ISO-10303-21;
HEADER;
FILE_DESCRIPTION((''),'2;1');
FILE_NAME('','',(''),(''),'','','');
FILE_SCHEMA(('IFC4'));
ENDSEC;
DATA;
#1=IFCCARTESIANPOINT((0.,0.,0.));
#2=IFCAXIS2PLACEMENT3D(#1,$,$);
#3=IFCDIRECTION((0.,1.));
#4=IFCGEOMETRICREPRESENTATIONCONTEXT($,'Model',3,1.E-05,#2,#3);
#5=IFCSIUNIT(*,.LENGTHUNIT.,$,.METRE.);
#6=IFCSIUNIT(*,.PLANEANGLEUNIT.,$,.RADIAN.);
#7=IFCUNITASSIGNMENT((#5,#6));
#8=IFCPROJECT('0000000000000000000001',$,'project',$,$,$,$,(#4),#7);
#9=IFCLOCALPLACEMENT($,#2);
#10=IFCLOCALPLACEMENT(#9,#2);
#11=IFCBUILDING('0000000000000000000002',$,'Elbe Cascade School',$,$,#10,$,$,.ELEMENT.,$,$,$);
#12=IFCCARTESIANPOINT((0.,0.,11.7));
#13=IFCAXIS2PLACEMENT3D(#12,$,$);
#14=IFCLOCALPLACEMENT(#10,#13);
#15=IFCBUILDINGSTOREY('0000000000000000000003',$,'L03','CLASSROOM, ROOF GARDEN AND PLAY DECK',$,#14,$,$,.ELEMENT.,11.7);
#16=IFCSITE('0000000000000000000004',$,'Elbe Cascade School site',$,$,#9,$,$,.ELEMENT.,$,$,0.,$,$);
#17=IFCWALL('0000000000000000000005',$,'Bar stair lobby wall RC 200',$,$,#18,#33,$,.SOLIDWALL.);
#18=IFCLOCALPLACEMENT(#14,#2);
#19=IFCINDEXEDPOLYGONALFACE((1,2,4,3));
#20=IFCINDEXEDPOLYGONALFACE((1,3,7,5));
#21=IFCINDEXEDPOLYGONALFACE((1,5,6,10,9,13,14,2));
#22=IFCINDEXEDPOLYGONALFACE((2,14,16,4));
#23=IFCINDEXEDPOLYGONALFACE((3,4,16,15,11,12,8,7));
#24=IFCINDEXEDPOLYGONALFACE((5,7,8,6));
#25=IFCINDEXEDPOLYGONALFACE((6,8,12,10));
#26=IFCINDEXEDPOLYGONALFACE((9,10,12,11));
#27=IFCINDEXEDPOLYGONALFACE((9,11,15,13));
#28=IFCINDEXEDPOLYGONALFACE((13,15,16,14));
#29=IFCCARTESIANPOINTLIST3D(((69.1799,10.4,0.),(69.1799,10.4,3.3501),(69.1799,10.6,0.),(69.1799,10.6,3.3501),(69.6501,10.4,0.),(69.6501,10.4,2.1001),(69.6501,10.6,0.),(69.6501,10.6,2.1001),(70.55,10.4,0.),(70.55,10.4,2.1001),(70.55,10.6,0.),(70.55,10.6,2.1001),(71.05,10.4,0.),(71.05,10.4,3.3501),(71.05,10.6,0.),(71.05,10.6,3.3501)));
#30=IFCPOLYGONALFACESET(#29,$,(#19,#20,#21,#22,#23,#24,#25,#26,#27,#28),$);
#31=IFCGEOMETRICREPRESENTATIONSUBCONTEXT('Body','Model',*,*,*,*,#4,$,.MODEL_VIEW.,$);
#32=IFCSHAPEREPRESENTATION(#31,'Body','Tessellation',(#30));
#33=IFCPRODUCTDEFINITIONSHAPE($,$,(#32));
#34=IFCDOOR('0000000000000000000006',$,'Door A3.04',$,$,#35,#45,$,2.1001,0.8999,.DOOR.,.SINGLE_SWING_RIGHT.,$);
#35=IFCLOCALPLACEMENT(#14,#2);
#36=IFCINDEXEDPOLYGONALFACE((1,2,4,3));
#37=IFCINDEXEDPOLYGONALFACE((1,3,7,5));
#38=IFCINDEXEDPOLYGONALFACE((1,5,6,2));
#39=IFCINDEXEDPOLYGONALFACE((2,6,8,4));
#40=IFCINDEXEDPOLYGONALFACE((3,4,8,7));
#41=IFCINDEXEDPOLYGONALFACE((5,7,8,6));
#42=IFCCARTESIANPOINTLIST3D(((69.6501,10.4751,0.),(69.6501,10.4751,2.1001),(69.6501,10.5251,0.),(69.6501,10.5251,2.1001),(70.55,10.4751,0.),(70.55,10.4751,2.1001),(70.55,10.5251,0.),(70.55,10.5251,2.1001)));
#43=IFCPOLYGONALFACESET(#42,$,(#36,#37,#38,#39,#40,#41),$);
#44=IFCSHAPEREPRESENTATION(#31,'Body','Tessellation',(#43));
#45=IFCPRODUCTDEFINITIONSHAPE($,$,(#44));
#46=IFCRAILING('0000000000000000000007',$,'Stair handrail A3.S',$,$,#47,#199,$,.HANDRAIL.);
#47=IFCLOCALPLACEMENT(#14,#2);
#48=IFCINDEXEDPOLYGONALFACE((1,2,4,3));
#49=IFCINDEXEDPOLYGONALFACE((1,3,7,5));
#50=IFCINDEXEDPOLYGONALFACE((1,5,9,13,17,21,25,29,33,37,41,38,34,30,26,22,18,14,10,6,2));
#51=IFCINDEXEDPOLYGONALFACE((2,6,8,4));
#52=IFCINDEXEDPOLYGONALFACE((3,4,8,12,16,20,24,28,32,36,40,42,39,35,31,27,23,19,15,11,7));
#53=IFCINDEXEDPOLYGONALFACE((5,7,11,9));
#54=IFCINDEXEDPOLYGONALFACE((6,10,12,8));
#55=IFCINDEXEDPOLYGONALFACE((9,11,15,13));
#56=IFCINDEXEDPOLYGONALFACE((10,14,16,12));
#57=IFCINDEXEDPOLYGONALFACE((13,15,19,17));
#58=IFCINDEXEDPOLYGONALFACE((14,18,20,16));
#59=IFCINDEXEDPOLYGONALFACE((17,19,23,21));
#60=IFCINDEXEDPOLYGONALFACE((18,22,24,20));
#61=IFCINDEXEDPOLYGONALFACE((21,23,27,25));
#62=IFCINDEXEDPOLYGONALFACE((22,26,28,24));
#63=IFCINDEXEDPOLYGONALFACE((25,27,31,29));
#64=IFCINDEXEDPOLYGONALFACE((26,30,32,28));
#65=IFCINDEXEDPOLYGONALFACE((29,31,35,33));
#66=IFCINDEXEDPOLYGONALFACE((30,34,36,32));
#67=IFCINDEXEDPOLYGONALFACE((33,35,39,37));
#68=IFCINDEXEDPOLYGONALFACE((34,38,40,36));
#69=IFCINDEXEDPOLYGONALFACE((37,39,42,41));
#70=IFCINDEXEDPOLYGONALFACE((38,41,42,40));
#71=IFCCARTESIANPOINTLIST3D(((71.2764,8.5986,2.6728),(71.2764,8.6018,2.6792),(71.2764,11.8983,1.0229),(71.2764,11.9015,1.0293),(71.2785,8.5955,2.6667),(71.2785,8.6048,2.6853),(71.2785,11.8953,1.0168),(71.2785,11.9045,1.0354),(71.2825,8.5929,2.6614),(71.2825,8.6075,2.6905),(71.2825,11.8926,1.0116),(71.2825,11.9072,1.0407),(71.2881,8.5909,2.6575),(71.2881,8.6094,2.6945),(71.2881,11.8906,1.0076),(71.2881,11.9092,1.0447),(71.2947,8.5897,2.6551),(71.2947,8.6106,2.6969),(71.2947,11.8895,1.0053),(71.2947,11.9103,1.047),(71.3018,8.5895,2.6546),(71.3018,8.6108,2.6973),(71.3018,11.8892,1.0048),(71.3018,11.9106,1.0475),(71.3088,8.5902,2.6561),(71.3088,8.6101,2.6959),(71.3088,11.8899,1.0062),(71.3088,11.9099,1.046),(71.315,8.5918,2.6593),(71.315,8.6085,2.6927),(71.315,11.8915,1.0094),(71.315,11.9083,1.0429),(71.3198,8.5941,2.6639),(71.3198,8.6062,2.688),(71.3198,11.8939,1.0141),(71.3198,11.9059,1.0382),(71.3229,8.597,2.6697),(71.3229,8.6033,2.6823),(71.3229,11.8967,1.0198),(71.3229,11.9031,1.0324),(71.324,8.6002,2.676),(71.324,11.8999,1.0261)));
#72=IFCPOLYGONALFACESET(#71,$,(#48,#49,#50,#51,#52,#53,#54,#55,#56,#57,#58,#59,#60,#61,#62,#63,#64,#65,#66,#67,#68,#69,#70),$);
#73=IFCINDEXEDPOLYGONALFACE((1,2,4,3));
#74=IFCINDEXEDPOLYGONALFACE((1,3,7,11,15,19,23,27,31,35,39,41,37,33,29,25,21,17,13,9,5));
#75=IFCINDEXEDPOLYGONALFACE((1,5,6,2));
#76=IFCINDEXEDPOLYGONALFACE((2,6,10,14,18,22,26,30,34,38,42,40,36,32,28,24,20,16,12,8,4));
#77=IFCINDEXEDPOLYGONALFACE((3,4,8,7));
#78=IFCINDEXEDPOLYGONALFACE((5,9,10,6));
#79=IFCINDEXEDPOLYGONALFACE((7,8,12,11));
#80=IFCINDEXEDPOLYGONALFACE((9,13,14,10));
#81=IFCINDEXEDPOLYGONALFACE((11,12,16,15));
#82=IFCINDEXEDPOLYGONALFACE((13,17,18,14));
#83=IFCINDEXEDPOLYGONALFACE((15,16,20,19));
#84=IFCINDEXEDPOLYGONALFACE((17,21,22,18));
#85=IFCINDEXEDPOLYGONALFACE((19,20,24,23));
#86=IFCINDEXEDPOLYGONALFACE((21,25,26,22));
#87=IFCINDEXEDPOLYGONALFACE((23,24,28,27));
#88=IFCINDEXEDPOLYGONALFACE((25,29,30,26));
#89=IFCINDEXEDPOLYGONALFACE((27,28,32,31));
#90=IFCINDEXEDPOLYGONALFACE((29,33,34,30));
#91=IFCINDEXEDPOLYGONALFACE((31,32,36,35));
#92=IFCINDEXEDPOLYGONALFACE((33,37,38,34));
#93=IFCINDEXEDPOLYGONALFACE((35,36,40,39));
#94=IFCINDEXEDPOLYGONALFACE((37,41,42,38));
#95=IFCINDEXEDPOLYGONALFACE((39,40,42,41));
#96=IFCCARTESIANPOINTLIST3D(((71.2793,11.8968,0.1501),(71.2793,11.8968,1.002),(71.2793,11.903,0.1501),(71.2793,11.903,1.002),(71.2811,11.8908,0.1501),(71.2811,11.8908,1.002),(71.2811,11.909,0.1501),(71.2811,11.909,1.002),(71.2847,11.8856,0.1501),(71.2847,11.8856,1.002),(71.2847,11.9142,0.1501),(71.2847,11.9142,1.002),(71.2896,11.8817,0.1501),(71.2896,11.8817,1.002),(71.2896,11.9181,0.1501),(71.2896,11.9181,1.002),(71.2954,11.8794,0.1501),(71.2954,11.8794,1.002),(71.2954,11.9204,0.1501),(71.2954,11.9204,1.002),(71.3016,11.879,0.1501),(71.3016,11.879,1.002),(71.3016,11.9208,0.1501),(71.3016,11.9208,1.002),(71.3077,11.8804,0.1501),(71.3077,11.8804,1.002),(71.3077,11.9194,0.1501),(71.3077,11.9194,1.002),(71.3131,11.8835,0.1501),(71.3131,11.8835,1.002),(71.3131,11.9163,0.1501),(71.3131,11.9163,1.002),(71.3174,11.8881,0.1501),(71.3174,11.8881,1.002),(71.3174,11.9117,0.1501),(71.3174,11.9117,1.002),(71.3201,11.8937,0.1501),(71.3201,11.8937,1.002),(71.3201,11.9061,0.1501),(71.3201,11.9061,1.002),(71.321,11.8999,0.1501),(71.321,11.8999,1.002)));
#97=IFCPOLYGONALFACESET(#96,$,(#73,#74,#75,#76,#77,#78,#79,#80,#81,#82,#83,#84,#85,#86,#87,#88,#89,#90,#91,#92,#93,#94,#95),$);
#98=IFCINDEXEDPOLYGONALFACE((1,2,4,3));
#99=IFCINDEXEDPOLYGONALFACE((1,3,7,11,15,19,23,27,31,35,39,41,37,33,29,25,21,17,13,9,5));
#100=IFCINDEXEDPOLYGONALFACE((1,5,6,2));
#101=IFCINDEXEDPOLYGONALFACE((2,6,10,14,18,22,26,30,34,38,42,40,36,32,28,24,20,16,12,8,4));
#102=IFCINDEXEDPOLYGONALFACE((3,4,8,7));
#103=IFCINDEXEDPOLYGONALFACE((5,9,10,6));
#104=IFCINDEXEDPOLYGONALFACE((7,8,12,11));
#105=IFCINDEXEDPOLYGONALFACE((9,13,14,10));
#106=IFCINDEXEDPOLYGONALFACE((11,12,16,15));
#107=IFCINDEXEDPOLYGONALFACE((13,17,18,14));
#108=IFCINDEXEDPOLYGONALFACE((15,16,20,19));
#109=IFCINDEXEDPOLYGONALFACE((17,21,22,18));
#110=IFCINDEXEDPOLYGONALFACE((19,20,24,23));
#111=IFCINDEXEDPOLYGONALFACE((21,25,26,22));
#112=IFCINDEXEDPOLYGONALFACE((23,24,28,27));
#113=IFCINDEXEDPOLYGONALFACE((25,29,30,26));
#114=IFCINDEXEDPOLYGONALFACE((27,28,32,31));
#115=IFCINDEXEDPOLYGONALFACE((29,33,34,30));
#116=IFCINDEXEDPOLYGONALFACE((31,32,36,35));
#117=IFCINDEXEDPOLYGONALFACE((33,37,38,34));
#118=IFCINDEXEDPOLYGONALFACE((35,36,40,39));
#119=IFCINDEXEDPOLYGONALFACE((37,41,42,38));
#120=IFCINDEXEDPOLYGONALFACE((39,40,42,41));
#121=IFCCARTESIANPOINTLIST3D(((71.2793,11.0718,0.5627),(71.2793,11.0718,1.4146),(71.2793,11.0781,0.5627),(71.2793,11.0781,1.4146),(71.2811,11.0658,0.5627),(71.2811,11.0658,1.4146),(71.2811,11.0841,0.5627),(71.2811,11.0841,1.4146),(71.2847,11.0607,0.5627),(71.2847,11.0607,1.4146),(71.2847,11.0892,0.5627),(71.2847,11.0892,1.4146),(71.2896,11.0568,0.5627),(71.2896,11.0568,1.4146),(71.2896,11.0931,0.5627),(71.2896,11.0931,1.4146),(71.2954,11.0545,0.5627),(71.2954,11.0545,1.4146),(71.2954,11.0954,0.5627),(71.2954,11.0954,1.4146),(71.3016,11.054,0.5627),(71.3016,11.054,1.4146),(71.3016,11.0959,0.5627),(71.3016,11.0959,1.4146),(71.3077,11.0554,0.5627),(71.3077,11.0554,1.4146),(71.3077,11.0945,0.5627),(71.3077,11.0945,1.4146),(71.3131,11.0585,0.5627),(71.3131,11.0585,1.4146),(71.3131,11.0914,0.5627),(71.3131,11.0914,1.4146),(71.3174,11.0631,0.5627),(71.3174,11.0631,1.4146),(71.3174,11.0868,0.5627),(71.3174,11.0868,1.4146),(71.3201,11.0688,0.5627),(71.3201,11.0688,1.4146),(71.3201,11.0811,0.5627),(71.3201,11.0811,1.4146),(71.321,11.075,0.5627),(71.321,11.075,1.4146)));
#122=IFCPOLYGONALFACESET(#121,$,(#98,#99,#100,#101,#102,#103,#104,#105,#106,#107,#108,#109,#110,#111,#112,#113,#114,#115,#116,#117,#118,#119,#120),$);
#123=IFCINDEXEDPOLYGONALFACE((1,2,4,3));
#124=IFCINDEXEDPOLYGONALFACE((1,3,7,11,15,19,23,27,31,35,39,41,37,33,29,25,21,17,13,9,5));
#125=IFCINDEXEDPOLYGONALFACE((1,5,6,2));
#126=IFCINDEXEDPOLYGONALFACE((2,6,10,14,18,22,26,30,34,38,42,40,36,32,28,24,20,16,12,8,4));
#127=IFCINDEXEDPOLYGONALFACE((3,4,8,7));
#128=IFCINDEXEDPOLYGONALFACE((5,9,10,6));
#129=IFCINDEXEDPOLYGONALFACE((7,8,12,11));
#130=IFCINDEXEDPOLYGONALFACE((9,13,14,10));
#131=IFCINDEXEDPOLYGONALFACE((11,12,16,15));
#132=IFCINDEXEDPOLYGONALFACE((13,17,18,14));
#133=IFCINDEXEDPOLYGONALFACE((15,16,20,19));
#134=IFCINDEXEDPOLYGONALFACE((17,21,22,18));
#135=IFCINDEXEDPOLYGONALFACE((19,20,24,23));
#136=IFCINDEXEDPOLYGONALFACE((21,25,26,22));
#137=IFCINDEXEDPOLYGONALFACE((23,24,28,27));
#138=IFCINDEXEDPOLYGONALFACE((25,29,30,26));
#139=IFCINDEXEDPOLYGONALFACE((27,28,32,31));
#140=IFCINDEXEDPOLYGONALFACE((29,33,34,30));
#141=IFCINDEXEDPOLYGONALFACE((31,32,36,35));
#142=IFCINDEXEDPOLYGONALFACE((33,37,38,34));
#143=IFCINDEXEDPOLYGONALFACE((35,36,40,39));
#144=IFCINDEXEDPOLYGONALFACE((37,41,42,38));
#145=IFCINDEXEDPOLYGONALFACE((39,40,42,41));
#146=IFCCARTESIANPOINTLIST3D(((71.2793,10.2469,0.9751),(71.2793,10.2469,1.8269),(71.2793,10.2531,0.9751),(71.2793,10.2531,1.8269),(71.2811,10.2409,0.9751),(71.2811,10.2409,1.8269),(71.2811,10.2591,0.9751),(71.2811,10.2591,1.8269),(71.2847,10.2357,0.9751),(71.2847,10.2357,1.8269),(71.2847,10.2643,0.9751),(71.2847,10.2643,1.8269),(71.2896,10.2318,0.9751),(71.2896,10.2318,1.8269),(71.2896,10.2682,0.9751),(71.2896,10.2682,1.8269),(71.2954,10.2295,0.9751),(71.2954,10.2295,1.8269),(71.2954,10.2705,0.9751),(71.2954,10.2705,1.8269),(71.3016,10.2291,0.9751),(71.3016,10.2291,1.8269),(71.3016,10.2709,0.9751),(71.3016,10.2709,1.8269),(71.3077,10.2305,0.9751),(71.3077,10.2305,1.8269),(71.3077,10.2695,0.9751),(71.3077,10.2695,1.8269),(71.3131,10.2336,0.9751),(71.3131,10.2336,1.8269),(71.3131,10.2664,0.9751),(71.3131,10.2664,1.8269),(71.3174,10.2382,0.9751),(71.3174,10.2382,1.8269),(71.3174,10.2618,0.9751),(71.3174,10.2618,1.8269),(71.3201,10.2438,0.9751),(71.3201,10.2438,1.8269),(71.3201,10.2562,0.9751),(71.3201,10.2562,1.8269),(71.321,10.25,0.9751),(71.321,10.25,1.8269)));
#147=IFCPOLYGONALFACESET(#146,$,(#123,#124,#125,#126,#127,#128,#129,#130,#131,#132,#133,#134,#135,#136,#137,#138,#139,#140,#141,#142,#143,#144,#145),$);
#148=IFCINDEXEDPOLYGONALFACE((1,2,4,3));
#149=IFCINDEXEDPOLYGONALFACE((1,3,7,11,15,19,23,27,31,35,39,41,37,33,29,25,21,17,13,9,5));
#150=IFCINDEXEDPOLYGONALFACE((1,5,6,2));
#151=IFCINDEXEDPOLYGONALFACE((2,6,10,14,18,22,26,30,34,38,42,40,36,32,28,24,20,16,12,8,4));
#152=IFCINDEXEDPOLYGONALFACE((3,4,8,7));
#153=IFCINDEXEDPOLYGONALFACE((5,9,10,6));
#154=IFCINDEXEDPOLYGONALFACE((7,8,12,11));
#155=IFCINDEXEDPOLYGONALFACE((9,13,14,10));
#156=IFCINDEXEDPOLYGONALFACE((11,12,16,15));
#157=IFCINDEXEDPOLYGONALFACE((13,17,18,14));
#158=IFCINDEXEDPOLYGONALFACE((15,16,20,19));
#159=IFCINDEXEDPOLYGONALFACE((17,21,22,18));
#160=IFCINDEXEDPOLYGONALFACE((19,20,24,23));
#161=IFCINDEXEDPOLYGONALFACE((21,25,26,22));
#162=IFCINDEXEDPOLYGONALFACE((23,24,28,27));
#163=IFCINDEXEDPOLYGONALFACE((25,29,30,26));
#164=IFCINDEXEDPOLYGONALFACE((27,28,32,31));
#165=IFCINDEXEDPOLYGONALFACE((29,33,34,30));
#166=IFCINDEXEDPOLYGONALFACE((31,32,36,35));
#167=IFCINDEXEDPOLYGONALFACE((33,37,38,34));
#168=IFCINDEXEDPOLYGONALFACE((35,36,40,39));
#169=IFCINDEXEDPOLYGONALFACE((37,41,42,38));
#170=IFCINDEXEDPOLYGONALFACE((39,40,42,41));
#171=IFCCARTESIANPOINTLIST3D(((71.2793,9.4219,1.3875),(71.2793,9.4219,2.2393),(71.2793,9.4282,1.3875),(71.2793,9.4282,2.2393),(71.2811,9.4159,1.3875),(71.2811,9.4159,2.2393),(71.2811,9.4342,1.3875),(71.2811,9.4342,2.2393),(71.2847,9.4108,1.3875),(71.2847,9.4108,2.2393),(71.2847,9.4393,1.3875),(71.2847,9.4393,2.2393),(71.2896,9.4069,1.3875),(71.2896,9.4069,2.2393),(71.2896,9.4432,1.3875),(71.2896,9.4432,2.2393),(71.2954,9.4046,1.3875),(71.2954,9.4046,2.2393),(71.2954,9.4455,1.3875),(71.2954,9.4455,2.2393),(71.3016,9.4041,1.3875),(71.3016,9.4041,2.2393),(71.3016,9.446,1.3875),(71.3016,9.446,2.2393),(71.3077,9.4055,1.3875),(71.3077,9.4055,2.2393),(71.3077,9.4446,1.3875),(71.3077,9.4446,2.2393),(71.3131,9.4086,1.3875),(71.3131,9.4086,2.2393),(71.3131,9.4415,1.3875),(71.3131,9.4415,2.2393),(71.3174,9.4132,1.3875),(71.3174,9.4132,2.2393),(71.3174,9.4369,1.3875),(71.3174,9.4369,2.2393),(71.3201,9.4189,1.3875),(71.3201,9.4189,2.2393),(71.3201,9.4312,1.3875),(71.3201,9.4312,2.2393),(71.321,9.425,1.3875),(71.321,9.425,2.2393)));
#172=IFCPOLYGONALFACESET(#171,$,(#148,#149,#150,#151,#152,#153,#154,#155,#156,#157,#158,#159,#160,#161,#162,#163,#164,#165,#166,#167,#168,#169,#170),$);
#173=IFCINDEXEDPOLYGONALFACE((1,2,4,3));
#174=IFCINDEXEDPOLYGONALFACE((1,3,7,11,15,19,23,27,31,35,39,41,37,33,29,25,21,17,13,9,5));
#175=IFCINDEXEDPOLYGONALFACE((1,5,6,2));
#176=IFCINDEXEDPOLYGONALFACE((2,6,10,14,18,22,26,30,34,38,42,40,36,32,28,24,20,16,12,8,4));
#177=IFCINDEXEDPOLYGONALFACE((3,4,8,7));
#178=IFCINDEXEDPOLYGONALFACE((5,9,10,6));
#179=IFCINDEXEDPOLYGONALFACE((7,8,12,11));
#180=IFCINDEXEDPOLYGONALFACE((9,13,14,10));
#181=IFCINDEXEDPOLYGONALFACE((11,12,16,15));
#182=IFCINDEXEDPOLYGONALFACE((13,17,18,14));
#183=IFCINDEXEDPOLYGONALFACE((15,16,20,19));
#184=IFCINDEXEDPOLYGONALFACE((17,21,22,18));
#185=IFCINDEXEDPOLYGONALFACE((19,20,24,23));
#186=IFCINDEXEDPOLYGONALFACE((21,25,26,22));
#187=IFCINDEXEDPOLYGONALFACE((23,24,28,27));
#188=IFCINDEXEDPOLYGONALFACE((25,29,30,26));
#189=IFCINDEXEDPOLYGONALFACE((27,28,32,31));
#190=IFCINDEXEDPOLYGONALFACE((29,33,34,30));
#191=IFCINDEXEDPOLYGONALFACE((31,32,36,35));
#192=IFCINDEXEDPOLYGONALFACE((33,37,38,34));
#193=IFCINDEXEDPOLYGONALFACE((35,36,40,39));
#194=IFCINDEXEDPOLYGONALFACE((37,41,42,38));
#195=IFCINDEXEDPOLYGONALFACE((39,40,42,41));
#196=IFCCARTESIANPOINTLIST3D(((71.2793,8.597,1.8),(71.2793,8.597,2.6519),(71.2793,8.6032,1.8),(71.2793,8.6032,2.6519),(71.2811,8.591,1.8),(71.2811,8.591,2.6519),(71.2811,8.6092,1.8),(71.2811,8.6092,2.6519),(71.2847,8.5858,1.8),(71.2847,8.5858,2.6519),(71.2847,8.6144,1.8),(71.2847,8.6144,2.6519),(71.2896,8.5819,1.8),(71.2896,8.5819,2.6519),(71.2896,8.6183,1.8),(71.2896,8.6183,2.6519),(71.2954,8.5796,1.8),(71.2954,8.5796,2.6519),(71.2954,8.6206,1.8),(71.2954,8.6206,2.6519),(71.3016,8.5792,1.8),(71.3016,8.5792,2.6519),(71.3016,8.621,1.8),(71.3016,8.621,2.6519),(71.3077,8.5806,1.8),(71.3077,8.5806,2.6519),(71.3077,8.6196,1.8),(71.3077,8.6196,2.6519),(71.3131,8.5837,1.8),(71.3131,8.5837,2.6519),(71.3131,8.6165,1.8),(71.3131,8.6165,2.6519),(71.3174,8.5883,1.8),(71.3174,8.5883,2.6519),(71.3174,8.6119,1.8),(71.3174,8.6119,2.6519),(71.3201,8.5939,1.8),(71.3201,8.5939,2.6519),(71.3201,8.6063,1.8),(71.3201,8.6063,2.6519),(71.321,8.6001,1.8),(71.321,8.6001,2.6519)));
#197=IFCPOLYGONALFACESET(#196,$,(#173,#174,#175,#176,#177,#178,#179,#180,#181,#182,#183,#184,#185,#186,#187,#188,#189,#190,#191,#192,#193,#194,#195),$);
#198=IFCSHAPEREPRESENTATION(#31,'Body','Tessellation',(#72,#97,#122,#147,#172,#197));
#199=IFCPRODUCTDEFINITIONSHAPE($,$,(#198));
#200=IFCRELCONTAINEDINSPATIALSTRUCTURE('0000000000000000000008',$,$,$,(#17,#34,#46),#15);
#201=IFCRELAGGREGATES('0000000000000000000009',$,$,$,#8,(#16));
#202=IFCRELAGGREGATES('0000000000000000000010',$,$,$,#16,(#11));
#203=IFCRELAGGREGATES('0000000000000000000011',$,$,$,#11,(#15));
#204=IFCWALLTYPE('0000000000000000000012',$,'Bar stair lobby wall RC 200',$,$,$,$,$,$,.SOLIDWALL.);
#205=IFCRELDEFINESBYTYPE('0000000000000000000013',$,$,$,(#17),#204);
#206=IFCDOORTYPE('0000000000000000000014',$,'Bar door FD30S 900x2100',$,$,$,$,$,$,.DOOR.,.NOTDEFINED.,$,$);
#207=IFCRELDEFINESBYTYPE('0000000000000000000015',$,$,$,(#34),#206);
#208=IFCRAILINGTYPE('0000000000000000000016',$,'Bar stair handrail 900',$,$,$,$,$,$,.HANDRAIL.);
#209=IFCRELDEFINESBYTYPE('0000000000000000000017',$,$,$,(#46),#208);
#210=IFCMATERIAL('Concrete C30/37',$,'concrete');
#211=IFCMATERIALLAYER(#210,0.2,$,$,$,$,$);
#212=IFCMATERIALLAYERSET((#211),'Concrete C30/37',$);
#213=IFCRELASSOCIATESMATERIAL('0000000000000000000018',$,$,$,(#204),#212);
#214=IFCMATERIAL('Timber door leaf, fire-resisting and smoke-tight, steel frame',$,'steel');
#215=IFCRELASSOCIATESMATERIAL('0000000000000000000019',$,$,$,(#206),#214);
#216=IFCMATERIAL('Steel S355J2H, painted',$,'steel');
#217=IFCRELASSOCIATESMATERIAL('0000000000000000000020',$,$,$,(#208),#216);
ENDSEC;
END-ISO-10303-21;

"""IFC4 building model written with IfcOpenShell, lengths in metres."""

from ifc_helpers import new_model, si_unit, direction, frame, frame_2d, origin, origin_2d, place, context, subcontext, project, spatial, rectangle, circle, extrude, material, layer, layer_set, type_object, element, fill, save


model = new_model("IFC4")

# Units and contexts
model_context = context("Model", 3, precision=1e-05, world=origin(), true_north=direction((0.0, 1.0)))
body_context = subcontext(model_context, "Body", "Model", "MODEL_VIEW")
ifc_project = project(units=[si_unit("LENGTHUNIT", "METRE"), si_unit("PLANEANGLEUNIT", "RADIAN")], contexts=[model_context])

# Site, building, storey
site_placement = place(None, origin())
site = spatial("IfcSite", under=ifc_project, at=site_placement, Name="Elbe Cascade School site", CompositionType="ELEMENT", RefElevation=0.0)
building_placement = place(site_placement, origin())
building = spatial("IfcBuilding", under=site, at=building_placement, Name="Elbe Cascade School", CompositionType="ELEMENT")
storey_placement = place(building_placement, frame((0.0, 0.0, 11.7)))
storey = spatial("IfcBuildingStorey", under=building, at=storey_placement, Name="L03", Description="CLASSROOM, ROOF GARDEN AND PLAY DECK", CompositionType="ELEMENT", Elevation=11.7)

# Wall, opening, door
ifc_material_1 = material(Name="Concrete C30/37", Category="concrete")
ifc_layer_1 = layer(ifc_material_1, 0.2)
ifc_layer_set_1 = layer_set([ifc_layer_1], Name="Concrete C30/37")
wall_type_1 = type_object("IfcWallType", Name="Bar stair lobby wall RC 200", PredefinedType="SOLIDWALL", material=ifc_layer_set_1)
wall_1_placement = place(storey_placement, frame((71.05, 10.5, 0.0), z_axis=(0.0, 0.0, 1.0), x_axis=(-1.0, 0.0, 0.0)))
wall_1 = element("IfcWall", 1, at=wall_1_placement, inside=storey, type_object=wall_type_1, Name="Bar stair lobby wall RC 200", PredefinedType="SOLIDWALL", context=body_context, shape_type="SweptSolid", body=[
    extrude(rectangle(XDim=1.8701, YDim=0.2, at=frame_2d((0.9351, 0.0))), origin(), (0.0, 0.0, 1.0), 3.3501),
])
opening_1_placement = place(wall_1_placement, frame((0.5, 0.0, 0.0)))
opening_1 = element("IfcOpeningElement", 2, at=opening_1_placement, cuts=wall_1, PredefinedType="OPENING", context=body_context, shape_type="SweptSolid", body=[
    extrude(rectangle(XDim=0.8999, YDim=2.1001, at=frame_2d((0.45, 1.05))), frame((0.0, 0.1099, 0.0), z_axis=(0.0, -1.0, 0.0), x_axis=(1.0, 0.0, 0.0)), (0.0, 0.0, 1.0), 0.22),
])
ifc_material_2 = material(Name="Timber door leaf, fire-resisting and smoke-tight, steel frame", Category="steel")
door_type_1 = type_object("IfcDoorType", Name="Bar door FD30S 900x2100", OperationType="NOTDEFINED", PredefinedType="DOOR", material=ifc_material_2)
door_1_placement = place(opening_1_placement, origin())
door_1 = element("IfcDoor", 3, at=door_1_placement, inside=storey, type_object=door_type_1, Name="Door A3.04", OperationType="SINGLE_SWING_RIGHT", OverallHeight=2.1001, OverallWidth=0.8999, PredefinedType="DOOR", context=body_context, shape_type="SweptSolid", body=[
    extrude(rectangle(XDim=0.8999, YDim=2.1001, at=frame_2d((0.45, 1.05))), frame((0.0, 0.0249, 0.0), z_axis=(0.0, -1.0, 0.0), x_axis=(1.0, 0.0, 0.0)), (0.0, 0.0, 1.0), 0.05),
])
fill(opening_1, door_1)

# Railing
ifc_material_3 = material(Name="Steel S355J2H, painted", Category="steel")
railing_type = type_object("IfcRailingType", Name="Bar stair handrail 900", PredefinedType="HANDRAIL", material=ifc_material_3)
railing_placement = place(storey_placement, frame((71.3, 11.8999, 0.1501)))
element("IfcRailing", 4, at=railing_placement, inside=storey, type_object=railing_type, Name="Stair handrail A3.S", PredefinedType="HANDRAIL", context=body_context, shape_type="SweptSolid", body=[
    extrude(circle(Radius=0.0239, at=origin_2d()), frame((0.0, 0.0, 0.876), z_axis=(0.0, -0.894427, 0.447214), x_axis=(1.0, 0.0, 0.0)), (0.0, 0.0, 1.0), 3.6892),
    extrude(circle(Radius=0.021, at=origin_2d()), origin(), (0.0, 0.0, 1.0), 0.8518),
    extrude(circle(Radius=0.021, at=origin_2d()), frame((0.0, -0.825, 0.4126)), (0.0, 0.0, 1.0), 0.8518),
    extrude(circle(Radius=0.021, at=origin_2d()), frame((0.0, -1.6499, 0.825)), (0.0, 0.0, 1.0), 0.8518),
    extrude(circle(Radius=0.021, at=origin_2d()), frame((0.0, -2.4749, 1.2373)), (0.0, 0.0, 1.0), 0.8518),
    extrude(circle(Radius=0.021, at=origin_2d()), frame((0.0, -3.2998, 1.6499)), (0.0, 0.0, 1.0), 0.8518),
])

save(model, "model.ifc")
